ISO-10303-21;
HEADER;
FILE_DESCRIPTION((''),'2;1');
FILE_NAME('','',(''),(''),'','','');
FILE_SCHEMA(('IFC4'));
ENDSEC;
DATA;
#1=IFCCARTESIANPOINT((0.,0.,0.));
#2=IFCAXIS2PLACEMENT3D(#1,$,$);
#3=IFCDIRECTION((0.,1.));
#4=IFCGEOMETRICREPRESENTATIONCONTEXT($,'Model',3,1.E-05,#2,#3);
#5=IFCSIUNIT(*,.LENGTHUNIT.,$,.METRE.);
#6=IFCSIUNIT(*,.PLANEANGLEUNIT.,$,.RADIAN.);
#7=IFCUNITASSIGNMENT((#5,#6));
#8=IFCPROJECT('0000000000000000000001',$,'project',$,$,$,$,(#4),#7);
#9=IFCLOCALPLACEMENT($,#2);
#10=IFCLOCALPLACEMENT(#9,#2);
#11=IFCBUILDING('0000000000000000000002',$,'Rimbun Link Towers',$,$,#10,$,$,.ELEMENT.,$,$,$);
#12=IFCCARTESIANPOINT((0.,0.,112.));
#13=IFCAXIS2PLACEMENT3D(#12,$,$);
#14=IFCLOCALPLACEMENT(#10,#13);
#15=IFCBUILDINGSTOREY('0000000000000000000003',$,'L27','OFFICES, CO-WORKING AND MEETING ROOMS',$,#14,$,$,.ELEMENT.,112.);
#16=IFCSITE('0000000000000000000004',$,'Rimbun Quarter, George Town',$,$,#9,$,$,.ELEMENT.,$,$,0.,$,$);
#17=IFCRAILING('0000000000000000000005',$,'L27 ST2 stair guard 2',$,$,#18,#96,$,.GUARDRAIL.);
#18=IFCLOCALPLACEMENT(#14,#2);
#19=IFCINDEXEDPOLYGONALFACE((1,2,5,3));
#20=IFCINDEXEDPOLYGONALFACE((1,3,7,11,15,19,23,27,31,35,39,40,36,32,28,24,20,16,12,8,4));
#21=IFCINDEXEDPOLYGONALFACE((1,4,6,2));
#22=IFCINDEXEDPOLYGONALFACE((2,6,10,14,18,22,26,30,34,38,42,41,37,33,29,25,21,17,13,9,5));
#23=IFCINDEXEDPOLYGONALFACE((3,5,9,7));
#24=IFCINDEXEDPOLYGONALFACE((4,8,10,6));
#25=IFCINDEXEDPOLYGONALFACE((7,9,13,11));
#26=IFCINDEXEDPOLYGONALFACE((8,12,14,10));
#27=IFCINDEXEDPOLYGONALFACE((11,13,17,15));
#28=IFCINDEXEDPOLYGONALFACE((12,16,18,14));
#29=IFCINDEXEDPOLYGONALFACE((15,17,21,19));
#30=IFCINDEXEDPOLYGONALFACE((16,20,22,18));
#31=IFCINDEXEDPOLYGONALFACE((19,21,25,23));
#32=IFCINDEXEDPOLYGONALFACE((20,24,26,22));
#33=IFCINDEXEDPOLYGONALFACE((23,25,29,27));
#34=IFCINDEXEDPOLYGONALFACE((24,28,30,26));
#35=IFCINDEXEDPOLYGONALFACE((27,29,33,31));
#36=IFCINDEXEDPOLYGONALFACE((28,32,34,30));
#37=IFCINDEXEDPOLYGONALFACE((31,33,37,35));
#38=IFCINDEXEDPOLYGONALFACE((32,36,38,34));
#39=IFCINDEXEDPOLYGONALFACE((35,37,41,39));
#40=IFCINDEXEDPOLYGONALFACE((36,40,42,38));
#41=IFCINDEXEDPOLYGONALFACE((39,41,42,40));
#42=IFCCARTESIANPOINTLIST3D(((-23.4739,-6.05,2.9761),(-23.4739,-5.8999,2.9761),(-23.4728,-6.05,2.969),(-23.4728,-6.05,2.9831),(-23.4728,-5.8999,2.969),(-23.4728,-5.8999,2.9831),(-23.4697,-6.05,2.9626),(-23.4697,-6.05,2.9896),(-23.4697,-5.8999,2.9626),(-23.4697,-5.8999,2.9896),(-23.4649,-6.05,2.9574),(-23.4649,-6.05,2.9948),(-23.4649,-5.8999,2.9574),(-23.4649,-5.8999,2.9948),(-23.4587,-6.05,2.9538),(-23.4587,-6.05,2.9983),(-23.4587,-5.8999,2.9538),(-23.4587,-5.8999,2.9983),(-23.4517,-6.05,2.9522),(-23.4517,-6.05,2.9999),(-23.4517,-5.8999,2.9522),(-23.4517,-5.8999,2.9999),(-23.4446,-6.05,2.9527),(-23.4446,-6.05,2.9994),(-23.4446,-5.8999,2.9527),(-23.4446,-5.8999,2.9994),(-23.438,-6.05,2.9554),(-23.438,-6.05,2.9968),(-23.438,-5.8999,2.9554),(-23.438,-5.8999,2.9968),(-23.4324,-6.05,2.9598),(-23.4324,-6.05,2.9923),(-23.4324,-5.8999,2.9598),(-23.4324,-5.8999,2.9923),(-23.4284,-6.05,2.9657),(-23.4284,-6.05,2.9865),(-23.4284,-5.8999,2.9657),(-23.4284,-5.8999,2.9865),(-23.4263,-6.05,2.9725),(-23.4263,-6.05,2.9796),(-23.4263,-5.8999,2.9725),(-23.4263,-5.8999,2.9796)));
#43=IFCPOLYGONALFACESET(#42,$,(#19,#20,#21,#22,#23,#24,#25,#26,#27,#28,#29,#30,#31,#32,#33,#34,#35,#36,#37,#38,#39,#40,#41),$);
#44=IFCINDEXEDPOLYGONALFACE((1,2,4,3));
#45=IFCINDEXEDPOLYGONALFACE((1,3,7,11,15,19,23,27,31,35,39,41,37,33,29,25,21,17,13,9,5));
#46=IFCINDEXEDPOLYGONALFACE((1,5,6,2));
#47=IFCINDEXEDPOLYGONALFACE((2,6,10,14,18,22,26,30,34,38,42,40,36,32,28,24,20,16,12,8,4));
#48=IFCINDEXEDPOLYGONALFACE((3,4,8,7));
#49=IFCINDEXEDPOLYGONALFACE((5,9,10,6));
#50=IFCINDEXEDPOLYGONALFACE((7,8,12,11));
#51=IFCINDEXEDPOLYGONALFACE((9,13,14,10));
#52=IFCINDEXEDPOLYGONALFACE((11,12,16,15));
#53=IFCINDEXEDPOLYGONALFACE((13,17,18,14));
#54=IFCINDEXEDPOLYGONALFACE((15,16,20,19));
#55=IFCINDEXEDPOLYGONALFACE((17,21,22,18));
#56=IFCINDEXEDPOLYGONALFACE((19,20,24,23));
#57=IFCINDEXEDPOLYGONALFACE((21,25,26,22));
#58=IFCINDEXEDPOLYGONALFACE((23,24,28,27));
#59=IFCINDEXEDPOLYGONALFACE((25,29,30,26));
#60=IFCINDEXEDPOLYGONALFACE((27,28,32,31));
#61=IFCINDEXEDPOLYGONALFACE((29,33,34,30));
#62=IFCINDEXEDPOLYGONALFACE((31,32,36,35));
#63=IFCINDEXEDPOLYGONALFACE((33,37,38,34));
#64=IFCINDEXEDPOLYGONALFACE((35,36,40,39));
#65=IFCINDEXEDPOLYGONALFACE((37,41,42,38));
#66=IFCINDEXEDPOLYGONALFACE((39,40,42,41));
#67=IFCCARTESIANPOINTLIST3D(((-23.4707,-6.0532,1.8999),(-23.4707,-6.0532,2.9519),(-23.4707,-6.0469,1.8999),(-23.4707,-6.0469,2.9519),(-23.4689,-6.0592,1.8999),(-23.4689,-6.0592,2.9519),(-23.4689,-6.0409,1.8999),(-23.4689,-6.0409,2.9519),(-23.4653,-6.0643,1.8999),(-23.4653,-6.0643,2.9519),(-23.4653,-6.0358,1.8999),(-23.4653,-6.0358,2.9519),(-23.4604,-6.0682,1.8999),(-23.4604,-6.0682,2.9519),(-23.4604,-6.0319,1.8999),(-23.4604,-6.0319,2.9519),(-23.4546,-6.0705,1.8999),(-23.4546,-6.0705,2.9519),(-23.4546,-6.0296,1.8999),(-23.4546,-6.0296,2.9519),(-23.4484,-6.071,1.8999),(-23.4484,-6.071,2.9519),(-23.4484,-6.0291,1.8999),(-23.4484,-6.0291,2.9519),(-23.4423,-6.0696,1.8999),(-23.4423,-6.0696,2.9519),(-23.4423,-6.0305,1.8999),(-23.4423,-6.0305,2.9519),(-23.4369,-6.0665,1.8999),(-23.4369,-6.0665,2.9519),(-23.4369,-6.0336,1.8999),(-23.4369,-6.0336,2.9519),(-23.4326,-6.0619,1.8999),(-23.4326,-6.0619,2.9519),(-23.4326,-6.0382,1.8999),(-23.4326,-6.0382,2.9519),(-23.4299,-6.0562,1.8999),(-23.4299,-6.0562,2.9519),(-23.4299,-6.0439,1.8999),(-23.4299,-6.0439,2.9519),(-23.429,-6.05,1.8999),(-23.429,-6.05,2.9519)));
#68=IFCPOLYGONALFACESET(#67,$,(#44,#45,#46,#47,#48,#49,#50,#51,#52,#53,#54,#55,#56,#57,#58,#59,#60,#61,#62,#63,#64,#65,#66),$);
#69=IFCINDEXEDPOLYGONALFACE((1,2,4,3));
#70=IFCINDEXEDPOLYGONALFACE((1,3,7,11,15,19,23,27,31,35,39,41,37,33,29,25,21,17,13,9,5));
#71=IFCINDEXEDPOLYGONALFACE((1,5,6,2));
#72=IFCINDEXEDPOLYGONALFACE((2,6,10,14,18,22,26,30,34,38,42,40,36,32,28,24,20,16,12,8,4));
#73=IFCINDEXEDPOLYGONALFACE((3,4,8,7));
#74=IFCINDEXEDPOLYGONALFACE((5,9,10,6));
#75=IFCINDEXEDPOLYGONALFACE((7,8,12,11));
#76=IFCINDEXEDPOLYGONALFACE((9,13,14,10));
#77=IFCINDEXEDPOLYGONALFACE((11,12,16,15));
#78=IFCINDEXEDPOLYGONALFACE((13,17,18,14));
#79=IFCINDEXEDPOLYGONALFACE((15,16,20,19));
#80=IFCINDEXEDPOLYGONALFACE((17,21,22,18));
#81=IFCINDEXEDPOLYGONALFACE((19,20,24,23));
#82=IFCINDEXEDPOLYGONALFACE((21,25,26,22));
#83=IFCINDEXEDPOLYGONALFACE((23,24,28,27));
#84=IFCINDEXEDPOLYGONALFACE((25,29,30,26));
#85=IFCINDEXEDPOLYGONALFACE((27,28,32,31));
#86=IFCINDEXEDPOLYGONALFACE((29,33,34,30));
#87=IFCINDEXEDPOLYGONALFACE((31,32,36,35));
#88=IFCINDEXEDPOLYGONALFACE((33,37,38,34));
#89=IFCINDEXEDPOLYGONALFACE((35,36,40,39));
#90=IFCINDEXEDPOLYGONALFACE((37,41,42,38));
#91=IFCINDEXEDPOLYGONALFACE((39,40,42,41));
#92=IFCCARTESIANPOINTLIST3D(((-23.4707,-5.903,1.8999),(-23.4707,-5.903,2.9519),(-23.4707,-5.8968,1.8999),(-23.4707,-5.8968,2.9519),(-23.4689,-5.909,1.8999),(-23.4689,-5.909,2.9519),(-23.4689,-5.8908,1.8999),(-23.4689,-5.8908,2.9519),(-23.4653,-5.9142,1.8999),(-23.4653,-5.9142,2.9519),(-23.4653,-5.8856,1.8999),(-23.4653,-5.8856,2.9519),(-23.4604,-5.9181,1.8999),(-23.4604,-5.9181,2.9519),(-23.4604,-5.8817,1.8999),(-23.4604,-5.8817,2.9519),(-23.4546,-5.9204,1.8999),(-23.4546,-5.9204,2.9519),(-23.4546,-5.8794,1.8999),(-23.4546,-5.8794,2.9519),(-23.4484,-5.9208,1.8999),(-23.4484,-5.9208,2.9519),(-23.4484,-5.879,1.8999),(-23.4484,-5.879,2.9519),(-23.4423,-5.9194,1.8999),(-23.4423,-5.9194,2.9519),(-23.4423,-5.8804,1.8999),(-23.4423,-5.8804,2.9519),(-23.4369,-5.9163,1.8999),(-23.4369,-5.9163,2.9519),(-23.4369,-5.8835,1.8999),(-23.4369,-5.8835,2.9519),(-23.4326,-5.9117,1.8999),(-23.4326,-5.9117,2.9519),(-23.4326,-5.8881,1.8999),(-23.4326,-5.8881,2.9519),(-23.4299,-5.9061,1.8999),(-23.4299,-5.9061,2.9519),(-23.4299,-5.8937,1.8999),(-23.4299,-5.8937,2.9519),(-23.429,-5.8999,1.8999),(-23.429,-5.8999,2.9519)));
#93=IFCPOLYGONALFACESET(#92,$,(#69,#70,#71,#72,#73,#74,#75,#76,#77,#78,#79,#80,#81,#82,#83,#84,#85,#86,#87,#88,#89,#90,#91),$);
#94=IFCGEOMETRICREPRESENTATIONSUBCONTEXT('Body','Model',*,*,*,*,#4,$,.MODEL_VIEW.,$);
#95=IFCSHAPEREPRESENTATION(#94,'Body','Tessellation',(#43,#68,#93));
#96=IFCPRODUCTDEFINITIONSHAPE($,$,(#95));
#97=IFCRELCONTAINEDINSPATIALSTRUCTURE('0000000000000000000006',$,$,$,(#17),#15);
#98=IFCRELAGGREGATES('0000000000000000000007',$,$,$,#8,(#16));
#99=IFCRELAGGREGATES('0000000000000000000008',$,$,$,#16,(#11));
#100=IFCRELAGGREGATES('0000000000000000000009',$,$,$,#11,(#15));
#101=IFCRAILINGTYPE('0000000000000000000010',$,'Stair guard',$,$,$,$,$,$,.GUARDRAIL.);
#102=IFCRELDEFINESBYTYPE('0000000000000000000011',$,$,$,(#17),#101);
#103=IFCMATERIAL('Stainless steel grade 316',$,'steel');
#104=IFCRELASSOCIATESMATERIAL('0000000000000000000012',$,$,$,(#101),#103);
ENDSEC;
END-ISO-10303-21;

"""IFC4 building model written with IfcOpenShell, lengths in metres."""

from ifc_helpers import new_model, si_unit, direction, frame, origin, origin_2d, place, context, subcontext, project, spatial, circle, extrude, material, type_object, element, save


model = new_model("IFC4")

# Units and contexts
model_context = context("Model", 3, precision=1e-05, world=origin(), true_north=direction((0.0, 1.0)))
body_context = subcontext(model_context, "Body", "Model", "MODEL_VIEW")
ifc_project = project(units=[si_unit("LENGTHUNIT", "METRE"), si_unit("PLANEANGLEUNIT", "RADIAN")], contexts=[model_context])

# Site, building, storey
site_placement = place(None, origin())
site = spatial("IfcSite", under=ifc_project, at=site_placement, Name="Rimbun Quarter, George Town", CompositionType="ELEMENT", RefElevation=0.0)
building_placement = place(site_placement, origin())
building = spatial("IfcBuilding", under=site, at=building_placement, Name="Rimbun Link Towers", CompositionType="ELEMENT")
storey_placement = place(building_placement, frame((0.0, 0.0, 112.0)))
storey = spatial("IfcBuildingStorey", under=building, at=storey_placement, Name="L27", Description="OFFICES, CO-WORKING AND MEETING ROOMS", CompositionType="ELEMENT", Elevation=112.0)

# Railing
ifc_material_1 = material(Name="Stainless steel grade 316", Category="steel")
railing_type_1 = type_object("IfcRailingType", Name="Stair guard", PredefinedType="GUARDRAIL", material=ifc_material_1)
railing_1_placement = place(storey_placement, frame((-23.45, -6.05, 1.8999)))
element("IfcRailing", 1, at=railing_1_placement, inside=storey, type_object=railing_type_1, Name="L27 ST2 stair guard 2", PredefinedType="GUARDRAIL", context=body_context, shape_type="SweptSolid", body=[
    extrude(circle(Radius=0.0239, at=origin_2d()), frame((0.0, 0.0, 1.0762), z_axis=(0.0, 1.0, 0.0), x_axis=(-1.0, 0.0, 0.0)), (0.0, 0.0, 1.0), 0.1501),
    extrude(circle(Radius=0.021, at=origin_2d()), origin(), (0.0, 0.0, 1.0), 1.052),
    extrude(circle(Radius=0.021, at=origin_2d()), frame((0.0, 0.1501, 0.0)), (0.0, 0.0, 1.0), 1.052),
])

save(model, "model.ifc")
